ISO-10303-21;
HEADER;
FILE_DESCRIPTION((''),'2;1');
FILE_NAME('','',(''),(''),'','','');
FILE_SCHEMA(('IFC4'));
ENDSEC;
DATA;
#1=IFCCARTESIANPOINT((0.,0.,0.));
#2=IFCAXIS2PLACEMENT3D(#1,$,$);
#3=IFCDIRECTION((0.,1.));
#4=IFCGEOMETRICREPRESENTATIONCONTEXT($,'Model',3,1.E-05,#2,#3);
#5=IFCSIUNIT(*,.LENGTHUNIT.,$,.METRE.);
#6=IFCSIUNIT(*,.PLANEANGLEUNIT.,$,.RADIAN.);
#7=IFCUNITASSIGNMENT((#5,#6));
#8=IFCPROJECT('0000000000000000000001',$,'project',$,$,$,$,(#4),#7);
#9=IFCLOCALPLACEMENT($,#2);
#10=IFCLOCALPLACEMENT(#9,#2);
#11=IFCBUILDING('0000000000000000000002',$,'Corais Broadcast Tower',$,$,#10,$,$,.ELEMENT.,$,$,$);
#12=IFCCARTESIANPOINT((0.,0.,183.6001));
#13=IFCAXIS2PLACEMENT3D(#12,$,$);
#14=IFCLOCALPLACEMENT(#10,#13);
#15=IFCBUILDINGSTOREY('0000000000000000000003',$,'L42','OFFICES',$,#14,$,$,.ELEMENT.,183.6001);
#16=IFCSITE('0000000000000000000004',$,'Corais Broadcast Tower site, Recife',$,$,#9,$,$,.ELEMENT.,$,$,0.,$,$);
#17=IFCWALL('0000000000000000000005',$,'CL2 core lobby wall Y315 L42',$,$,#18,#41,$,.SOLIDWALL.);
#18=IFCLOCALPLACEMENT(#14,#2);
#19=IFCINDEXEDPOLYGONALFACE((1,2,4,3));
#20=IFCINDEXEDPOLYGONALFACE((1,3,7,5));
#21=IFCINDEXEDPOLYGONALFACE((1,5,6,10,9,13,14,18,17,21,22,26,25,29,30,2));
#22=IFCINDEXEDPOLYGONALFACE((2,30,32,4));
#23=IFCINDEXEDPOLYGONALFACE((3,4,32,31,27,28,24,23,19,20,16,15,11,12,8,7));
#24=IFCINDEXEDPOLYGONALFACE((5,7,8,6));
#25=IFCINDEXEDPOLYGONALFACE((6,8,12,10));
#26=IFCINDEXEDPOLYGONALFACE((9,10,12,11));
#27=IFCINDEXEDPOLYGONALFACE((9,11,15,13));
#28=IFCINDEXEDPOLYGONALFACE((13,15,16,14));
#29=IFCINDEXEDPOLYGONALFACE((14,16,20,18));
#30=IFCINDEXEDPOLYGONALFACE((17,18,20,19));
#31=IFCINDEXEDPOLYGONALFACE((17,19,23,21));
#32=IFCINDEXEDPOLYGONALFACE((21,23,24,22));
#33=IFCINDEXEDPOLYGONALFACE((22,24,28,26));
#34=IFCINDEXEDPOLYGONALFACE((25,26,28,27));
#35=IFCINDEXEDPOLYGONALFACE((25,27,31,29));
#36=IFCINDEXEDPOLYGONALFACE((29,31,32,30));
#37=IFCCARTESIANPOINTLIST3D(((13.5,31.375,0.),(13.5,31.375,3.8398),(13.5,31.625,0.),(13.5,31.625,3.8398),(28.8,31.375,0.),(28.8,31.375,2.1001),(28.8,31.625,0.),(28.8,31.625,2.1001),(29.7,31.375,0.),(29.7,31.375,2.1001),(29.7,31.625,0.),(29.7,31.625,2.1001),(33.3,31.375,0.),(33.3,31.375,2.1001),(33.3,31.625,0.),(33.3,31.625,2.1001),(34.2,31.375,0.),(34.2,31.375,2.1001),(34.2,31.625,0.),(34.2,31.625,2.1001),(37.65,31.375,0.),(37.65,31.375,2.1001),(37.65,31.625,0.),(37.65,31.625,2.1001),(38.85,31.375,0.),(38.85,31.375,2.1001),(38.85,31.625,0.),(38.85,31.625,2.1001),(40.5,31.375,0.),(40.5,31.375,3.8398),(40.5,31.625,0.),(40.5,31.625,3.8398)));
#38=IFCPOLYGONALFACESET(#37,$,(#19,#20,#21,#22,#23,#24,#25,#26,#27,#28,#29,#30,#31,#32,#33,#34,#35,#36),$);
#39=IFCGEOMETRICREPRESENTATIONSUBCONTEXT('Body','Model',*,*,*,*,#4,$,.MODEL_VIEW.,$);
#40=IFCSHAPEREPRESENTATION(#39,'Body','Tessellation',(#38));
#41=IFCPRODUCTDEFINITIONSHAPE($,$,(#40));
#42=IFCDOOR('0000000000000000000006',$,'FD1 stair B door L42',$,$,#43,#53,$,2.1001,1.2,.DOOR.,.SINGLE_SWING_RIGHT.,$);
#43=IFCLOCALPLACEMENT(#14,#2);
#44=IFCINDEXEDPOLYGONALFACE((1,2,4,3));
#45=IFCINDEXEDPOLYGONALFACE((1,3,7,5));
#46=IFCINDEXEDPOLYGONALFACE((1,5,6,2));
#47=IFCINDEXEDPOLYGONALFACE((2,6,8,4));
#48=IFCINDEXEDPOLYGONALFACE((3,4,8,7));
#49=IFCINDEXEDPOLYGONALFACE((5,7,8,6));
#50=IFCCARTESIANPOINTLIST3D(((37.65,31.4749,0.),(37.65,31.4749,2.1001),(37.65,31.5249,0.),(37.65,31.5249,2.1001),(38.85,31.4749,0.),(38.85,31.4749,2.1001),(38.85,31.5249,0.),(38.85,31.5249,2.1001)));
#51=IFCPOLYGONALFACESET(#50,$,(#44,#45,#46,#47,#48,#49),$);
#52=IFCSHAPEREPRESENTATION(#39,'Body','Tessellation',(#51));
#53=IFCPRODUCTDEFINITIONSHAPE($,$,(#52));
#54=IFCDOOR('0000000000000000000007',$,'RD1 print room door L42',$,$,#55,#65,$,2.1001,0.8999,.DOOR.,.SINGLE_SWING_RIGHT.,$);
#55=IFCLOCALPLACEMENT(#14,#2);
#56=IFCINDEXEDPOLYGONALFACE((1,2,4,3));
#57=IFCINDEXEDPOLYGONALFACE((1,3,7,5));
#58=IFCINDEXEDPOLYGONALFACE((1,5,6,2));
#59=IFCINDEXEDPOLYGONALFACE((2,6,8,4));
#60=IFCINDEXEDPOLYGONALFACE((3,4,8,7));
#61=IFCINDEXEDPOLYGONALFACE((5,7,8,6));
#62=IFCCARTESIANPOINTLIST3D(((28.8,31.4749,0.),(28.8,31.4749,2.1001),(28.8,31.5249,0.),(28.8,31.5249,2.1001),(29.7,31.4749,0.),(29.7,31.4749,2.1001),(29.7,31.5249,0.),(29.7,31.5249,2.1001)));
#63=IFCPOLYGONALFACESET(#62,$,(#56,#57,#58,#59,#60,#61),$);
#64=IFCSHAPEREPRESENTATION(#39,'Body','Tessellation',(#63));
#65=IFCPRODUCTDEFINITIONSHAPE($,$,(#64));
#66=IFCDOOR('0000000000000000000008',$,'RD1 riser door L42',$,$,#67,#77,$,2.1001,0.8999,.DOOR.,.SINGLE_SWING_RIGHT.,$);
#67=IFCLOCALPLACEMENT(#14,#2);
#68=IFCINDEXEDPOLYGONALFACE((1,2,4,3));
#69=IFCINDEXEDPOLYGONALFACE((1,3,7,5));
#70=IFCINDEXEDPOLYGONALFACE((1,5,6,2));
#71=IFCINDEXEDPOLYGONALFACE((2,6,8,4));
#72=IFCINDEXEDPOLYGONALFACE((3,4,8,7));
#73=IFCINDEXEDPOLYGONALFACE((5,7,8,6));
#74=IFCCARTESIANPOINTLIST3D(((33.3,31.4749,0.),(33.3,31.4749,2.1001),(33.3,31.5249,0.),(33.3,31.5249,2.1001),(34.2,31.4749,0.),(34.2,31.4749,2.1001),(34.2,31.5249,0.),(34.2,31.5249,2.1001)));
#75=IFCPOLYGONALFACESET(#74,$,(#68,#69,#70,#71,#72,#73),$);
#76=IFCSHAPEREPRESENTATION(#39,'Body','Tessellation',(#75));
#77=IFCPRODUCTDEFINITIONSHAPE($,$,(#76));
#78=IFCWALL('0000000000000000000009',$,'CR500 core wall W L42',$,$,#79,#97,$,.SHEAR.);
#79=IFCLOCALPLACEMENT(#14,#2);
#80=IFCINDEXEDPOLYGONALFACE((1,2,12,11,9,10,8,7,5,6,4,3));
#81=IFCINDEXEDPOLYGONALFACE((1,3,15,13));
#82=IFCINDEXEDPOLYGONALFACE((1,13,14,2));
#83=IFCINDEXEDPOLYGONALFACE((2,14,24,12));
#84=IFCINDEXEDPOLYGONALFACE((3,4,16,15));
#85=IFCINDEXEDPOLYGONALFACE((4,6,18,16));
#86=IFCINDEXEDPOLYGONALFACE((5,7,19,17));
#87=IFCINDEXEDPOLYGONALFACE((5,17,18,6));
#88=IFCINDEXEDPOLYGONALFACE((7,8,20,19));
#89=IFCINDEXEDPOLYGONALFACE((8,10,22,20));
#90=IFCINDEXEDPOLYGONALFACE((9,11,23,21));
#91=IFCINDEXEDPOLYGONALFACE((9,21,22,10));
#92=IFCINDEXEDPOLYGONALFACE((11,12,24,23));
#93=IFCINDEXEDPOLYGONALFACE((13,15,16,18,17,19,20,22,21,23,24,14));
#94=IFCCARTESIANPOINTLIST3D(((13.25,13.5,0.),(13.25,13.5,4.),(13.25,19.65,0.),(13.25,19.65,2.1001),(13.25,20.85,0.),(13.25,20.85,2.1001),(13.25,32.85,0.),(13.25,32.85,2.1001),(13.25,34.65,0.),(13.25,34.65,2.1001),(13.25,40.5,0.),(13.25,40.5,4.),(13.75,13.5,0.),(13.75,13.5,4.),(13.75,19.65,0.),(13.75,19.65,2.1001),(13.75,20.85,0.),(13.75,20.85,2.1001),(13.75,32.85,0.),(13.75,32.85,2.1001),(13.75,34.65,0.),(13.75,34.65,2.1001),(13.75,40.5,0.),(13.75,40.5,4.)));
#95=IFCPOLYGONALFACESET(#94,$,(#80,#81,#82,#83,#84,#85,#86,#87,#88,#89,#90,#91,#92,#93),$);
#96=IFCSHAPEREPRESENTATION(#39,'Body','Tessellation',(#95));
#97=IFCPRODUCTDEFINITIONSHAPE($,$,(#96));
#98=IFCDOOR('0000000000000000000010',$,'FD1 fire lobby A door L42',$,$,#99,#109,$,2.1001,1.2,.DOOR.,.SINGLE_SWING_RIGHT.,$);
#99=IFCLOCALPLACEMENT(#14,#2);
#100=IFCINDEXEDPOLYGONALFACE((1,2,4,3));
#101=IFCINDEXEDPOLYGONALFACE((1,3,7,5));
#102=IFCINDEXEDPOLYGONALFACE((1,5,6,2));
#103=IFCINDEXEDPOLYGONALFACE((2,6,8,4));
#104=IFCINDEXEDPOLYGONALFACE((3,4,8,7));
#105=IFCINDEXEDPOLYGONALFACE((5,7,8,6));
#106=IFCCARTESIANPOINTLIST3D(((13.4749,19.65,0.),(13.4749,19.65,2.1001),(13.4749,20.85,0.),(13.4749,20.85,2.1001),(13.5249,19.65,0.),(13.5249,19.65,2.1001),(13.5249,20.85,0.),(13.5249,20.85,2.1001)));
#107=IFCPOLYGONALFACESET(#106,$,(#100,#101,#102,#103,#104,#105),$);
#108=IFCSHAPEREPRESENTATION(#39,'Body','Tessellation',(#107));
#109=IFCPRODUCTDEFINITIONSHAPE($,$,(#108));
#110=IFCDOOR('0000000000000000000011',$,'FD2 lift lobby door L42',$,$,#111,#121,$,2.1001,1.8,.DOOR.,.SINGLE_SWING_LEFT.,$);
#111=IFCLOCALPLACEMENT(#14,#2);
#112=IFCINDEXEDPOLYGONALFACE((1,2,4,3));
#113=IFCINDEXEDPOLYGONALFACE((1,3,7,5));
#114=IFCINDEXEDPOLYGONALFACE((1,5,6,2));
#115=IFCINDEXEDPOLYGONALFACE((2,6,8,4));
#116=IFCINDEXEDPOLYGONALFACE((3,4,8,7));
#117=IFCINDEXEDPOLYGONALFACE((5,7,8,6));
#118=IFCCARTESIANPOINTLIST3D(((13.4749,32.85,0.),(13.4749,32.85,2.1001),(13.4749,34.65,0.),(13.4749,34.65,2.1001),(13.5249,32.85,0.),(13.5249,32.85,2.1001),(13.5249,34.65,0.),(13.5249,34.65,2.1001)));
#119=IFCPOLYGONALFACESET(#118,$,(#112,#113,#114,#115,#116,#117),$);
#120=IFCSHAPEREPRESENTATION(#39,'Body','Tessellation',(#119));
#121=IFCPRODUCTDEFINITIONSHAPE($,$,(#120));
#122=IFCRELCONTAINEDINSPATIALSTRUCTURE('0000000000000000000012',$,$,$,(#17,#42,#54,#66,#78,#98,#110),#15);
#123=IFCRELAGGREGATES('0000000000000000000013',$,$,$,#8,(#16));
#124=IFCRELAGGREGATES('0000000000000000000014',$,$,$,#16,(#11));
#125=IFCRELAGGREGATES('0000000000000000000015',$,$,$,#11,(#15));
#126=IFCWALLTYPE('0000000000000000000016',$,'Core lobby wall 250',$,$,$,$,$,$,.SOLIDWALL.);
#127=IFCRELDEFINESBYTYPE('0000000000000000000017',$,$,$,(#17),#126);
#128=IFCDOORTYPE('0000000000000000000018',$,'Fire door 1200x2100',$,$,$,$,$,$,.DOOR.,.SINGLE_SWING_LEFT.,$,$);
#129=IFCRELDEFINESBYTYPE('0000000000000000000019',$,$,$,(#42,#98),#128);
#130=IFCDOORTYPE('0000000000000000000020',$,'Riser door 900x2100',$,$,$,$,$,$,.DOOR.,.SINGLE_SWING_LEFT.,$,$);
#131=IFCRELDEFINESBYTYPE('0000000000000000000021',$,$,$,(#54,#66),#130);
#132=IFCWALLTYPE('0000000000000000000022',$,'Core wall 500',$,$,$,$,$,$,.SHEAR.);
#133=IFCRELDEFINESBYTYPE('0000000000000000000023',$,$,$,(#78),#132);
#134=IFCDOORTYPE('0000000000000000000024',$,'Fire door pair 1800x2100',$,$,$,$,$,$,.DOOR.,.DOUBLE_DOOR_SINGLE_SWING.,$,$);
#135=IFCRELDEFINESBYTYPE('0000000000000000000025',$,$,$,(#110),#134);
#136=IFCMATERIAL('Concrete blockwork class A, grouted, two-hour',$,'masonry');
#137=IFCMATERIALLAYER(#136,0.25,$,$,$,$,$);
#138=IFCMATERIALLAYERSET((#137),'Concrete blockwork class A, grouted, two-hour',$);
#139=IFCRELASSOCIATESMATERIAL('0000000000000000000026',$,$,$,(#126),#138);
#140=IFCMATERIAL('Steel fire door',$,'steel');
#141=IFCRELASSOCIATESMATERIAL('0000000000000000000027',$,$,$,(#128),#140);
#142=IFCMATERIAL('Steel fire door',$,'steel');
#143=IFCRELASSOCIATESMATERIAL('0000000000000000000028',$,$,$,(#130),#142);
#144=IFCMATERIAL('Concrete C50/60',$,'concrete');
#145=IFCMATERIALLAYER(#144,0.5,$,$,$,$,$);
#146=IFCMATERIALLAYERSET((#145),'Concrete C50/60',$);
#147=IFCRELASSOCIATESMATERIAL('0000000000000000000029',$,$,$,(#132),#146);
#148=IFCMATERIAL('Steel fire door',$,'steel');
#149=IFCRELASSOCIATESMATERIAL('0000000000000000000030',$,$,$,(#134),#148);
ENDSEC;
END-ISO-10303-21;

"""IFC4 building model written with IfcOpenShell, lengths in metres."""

from ifc_helpers import new_model, si_unit, direction, frame, frame_2d, origin, place, context, subcontext, project, spatial, rectangle, extrude, material, layer, layer_set, type_object, element, fill, save


model = new_model("IFC4")

# Units and contexts
model_context = context("Model", 3, precision=1e-05, world=origin(), true_north=direction((0.0, 1.0)))
body_context = subcontext(model_context, "Body", "Model", "MODEL_VIEW")
ifc_project = project(units=[si_unit("LENGTHUNIT", "METRE"), si_unit("PLANEANGLEUNIT", "RADIAN")], contexts=[model_context])

# Site, building, storey
site_placement = place(None, origin())
site = spatial("IfcSite", under=ifc_project, at=site_placement, Name="Corais Broadcast Tower site, Recife", CompositionType="ELEMENT", RefElevation=0.0)
building_placement = place(site_placement, origin())
building = spatial("IfcBuilding", under=site, at=building_placement, Name="Corais Broadcast Tower", CompositionType="ELEMENT")
storey_placement = place(building_placement, frame((0.0, 0.0, 183.6001)))
storey = spatial("IfcBuildingStorey", under=building, at=storey_placement, Name="L42", Description="OFFICES", CompositionType="ELEMENT", Elevation=183.6001)

# Walls, openings, doors
ifc_material_1 = material(Name="Concrete blockwork class A, grouted, two-hour", Category="masonry")
ifc_layer_1 = layer(ifc_material_1, 0.25)
ifc_layer_set_1 = layer_set([ifc_layer_1], Name="Concrete blockwork class A, grouted, two-hour")
wall_type_1 = type_object("IfcWallType", Name="Core lobby wall 250", PredefinedType="SOLIDWALL", material=ifc_layer_set_1)
wall_1_placement = place(storey_placement, frame((13.5, 31.5, 0.0), z_axis=(0.0, 0.0, 1.0), x_axis=(1.0, 0.0, 0.0)))
wall_1 = element("IfcWall", 1, at=wall_1_placement, inside=storey, type_object=wall_type_1, Name="CL2 core lobby wall Y315 L42", PredefinedType="SOLIDWALL", context=body_context, shape_type="SweptSolid", body=[
    extrude(rectangle(XDim=27.0, YDim=0.25, at=frame_2d((13.5, 0.0))), origin(), (0.0, 0.0, 1.0), 3.8398),
])
opening_1_placement = place(wall_1_placement, frame((24.1499, 0.0, 0.0)))
opening_1 = element("IfcOpeningElement", 2, at=opening_1_placement, cuts=wall_1, PredefinedType="OPENING", context=body_context, shape_type="SweptSolid", body=[
    extrude(rectangle(XDim=1.2, YDim=2.1001, at=frame_2d((0.6001, 1.05))), frame((0.0, 0.135, 0.0), z_axis=(0.0, -1.0, 0.0), x_axis=(1.0, 0.0, 0.0)), (0.0, 0.0, 1.0), 0.27),
])
opening_2_placement = place(wall_1_placement, frame((15.3, 0.0, 0.0)))
opening_2 = element("IfcOpeningElement", 3, at=opening_2_placement, cuts=wall_1, PredefinedType="OPENING", context=body_context, shape_type="SweptSolid", body=[
    extrude(rectangle(XDim=0.8999, YDim=2.1001, at=frame_2d((0.45, 1.05))), frame((0.0, 0.135, 0.0), z_axis=(0.0, -1.0, 0.0), x_axis=(1.0, 0.0, 0.0)), (0.0, 0.0, 1.0), 0.27),
])
opening_3_placement = place(wall_1_placement, frame((19.8, 0.0, 0.0)))
opening_3 = element("IfcOpeningElement", 4, at=opening_3_placement, cuts=wall_1, PredefinedType="OPENING", context=body_context, shape_type="SweptSolid", body=[
    extrude(rectangle(XDim=0.8999, YDim=2.1001, at=frame_2d((0.45, 1.05))), frame((0.0, 0.135, 0.0), z_axis=(0.0, -1.0, 0.0), x_axis=(1.0, 0.0, 0.0)), (0.0, 0.0, 1.0), 0.27),
])
ifc_material_2 = material(Name="Steel fire door", Category="steel")
door_type_1 = type_object("IfcDoorType", Name="Fire door 1200x2100", OperationType="SINGLE_SWING_LEFT", PredefinedType="DOOR", material=ifc_material_2)
door_1_placement = place(opening_1_placement, origin())
door_1 = element("IfcDoor", 5, at=door_1_placement, inside=storey, type_object=door_type_1, Name="FD1 stair B door L42", OperationType="SINGLE_SWING_RIGHT", OverallHeight=2.1001, OverallWidth=1.2, PredefinedType="DOOR", context=body_context, shape_type="SweptSolid", body=[
    extrude(rectangle(XDim=1.2, YDim=2.1001, at=frame_2d((0.6001, 1.05))), frame((0.0, 0.0249, 0.0), z_axis=(0.0, -1.0, 0.0), x_axis=(1.0, 0.0, 0.0)), (0.0, 0.0, 1.0), 0.05),
])
fill(opening_1, door_1)
ifc_material_3 = material(Name="Steel fire door", Category="steel")
door_type_2 = type_object("IfcDoorType", Name="Riser door 900x2100", OperationType="SINGLE_SWING_LEFT", PredefinedType="DOOR", material=ifc_material_3)
door_2_placement = place(opening_2_placement, origin())
door_2 = element("IfcDoor", 6, at=door_2_placement, inside=storey, type_object=door_type_2, Name="RD1 print room door L42", OperationType="SINGLE_SWING_RIGHT", OverallHeight=2.1001, OverallWidth=0.8999, PredefinedType="DOOR", context=body_context, shape_type="SweptSolid", body=[
    extrude(rectangle(XDim=0.8999, YDim=2.1001, at=frame_2d((0.45, 1.05))), frame((0.0, 0.0249, 0.0), z_axis=(0.0, -1.0, 0.0), x_axis=(1.0, 0.0, 0.0)), (0.0, 0.0, 1.0), 0.05),
])
fill(opening_2, door_2)
door_3_placement = place(opening_3_placement, origin())
door_3 = element("IfcDoor", 7, at=door_3_placement, inside=storey, type_object=door_type_2, Name="RD1 riser door L42", OperationType="SINGLE_SWING_RIGHT", OverallHeight=2.1001, OverallWidth=0.8999, PredefinedType="DOOR", context=body_context, shape_type="SweptSolid", body=[
    extrude(rectangle(XDim=0.8999, YDim=2.1001, at=frame_2d((0.45, 1.05))), frame((0.0, 0.0249, 0.0), z_axis=(0.0, -1.0, 0.0), x_axis=(1.0, 0.0, 0.0)), (0.0, 0.0, 1.0), 0.05),
])
fill(opening_3, door_3)
ifc_material_4 = material(Name="Concrete C50/60", Category="concrete")
ifc_layer_2 = layer(ifc_material_4, 0.5)
ifc_layer_set_2 = layer_set([ifc_layer_2], Name="Concrete C50/60")
wall_type_2 = type_object("IfcWallType", Name="Core wall 500", PredefinedType="SHEAR", material=ifc_layer_set_2)
wall_2_placement = place(storey_placement, frame((13.5, 40.5, 0.0), z_axis=(0.0, 0.0, 1.0), x_axis=(0.0, -1.0, 0.0)))
wall_2 = element("IfcWall", 8, at=wall_2_placement, inside=storey, type_object=wall_type_2, Name="CR500 core wall W L42", PredefinedType="SHEAR", context=body_context, shape_type="SweptSolid", body=[
    extrude(rectangle(XDim=27.0, YDim=0.5, at=frame_2d((13.5, 0.0))), origin(), (0.0, 0.0, 1.0), 4.0),
])
opening_4_placement = place(wall_2_placement, frame((19.6499, 0.0, 0.0)))
opening_4 = element("IfcOpeningElement", 9, at=opening_4_placement, cuts=wall_2, PredefinedType="OPENING", context=body_context, shape_type="SweptSolid", body=[
    extrude(rectangle(XDim=1.2, YDim=2.1001, at=frame_2d((0.6001, 1.05))), frame((0.0, 0.26, 0.0), z_axis=(0.0, -1.0, 0.0), x_axis=(1.0, 0.0, 0.0)), (0.0, 0.0, 1.0), 0.52),
])
opening_5_placement = place(wall_2_placement, frame((5.8501, 0.0, 0.0)))
opening_5 = element("IfcOpeningElement", 10, at=opening_5_placement, cuts=wall_2, PredefinedType="OPENING", context=body_context, shape_type="SweptSolid", body=[
    extrude(rectangle(XDim=1.8, YDim=2.1001, at=frame_2d((0.8999, 1.05))), frame((0.0, 0.26, 0.0), z_axis=(0.0, -1.0, 0.0), x_axis=(1.0, 0.0, 0.0)), (0.0, 0.0, 1.0), 0.52),
])
door_4_placement = place(opening_4_placement, origin())
door_4 = element("IfcDoor", 11, at=door_4_placement, inside=storey, type_object=door_type_1, Name="FD1 fire lobby A door L42", OperationType="SINGLE_SWING_RIGHT", OverallHeight=2.1001, OverallWidth=1.2, PredefinedType="DOOR", context=body_context, shape_type="SweptSolid", body=[
    extrude(rectangle(XDim=1.2, YDim=2.1001, at=frame_2d((0.6001, 1.05))), frame((0.0, 0.0249, 0.0), z_axis=(0.0, -1.0, 0.0), x_axis=(1.0, 0.0, 0.0)), (0.0, 0.0, 1.0), 0.05),
])
fill(opening_4, door_4)
ifc_material_5 = material(Name="Steel fire door", Category="steel")
door_type_3 = type_object("IfcDoorType", Name="Fire door pair 1800x2100", OperationType="DOUBLE_DOOR_SINGLE_SWING", PredefinedType="DOOR", material=ifc_material_5)
door_5_placement = place(opening_5_placement, origin())
door_5 = element("IfcDoor", 12, at=door_5_placement, inside=storey, type_object=door_type_3, Name="FD2 lift lobby door L42", OperationType="SINGLE_SWING_LEFT", OverallHeight=2.1001, OverallWidth=1.8, PredefinedType="DOOR", context=body_context, shape_type="SweptSolid", body=[
    extrude(rectangle(XDim=1.8, YDim=2.1001, at=frame_2d((0.8999, 1.05))), frame((0.0, 0.0249, 0.0), z_axis=(0.0, -1.0, 0.0), x_axis=(1.0, 0.0, 0.0)), (0.0, 0.0, 1.0), 0.05),
])
fill(opening_5, door_5)

save(model, "model.ifc")
